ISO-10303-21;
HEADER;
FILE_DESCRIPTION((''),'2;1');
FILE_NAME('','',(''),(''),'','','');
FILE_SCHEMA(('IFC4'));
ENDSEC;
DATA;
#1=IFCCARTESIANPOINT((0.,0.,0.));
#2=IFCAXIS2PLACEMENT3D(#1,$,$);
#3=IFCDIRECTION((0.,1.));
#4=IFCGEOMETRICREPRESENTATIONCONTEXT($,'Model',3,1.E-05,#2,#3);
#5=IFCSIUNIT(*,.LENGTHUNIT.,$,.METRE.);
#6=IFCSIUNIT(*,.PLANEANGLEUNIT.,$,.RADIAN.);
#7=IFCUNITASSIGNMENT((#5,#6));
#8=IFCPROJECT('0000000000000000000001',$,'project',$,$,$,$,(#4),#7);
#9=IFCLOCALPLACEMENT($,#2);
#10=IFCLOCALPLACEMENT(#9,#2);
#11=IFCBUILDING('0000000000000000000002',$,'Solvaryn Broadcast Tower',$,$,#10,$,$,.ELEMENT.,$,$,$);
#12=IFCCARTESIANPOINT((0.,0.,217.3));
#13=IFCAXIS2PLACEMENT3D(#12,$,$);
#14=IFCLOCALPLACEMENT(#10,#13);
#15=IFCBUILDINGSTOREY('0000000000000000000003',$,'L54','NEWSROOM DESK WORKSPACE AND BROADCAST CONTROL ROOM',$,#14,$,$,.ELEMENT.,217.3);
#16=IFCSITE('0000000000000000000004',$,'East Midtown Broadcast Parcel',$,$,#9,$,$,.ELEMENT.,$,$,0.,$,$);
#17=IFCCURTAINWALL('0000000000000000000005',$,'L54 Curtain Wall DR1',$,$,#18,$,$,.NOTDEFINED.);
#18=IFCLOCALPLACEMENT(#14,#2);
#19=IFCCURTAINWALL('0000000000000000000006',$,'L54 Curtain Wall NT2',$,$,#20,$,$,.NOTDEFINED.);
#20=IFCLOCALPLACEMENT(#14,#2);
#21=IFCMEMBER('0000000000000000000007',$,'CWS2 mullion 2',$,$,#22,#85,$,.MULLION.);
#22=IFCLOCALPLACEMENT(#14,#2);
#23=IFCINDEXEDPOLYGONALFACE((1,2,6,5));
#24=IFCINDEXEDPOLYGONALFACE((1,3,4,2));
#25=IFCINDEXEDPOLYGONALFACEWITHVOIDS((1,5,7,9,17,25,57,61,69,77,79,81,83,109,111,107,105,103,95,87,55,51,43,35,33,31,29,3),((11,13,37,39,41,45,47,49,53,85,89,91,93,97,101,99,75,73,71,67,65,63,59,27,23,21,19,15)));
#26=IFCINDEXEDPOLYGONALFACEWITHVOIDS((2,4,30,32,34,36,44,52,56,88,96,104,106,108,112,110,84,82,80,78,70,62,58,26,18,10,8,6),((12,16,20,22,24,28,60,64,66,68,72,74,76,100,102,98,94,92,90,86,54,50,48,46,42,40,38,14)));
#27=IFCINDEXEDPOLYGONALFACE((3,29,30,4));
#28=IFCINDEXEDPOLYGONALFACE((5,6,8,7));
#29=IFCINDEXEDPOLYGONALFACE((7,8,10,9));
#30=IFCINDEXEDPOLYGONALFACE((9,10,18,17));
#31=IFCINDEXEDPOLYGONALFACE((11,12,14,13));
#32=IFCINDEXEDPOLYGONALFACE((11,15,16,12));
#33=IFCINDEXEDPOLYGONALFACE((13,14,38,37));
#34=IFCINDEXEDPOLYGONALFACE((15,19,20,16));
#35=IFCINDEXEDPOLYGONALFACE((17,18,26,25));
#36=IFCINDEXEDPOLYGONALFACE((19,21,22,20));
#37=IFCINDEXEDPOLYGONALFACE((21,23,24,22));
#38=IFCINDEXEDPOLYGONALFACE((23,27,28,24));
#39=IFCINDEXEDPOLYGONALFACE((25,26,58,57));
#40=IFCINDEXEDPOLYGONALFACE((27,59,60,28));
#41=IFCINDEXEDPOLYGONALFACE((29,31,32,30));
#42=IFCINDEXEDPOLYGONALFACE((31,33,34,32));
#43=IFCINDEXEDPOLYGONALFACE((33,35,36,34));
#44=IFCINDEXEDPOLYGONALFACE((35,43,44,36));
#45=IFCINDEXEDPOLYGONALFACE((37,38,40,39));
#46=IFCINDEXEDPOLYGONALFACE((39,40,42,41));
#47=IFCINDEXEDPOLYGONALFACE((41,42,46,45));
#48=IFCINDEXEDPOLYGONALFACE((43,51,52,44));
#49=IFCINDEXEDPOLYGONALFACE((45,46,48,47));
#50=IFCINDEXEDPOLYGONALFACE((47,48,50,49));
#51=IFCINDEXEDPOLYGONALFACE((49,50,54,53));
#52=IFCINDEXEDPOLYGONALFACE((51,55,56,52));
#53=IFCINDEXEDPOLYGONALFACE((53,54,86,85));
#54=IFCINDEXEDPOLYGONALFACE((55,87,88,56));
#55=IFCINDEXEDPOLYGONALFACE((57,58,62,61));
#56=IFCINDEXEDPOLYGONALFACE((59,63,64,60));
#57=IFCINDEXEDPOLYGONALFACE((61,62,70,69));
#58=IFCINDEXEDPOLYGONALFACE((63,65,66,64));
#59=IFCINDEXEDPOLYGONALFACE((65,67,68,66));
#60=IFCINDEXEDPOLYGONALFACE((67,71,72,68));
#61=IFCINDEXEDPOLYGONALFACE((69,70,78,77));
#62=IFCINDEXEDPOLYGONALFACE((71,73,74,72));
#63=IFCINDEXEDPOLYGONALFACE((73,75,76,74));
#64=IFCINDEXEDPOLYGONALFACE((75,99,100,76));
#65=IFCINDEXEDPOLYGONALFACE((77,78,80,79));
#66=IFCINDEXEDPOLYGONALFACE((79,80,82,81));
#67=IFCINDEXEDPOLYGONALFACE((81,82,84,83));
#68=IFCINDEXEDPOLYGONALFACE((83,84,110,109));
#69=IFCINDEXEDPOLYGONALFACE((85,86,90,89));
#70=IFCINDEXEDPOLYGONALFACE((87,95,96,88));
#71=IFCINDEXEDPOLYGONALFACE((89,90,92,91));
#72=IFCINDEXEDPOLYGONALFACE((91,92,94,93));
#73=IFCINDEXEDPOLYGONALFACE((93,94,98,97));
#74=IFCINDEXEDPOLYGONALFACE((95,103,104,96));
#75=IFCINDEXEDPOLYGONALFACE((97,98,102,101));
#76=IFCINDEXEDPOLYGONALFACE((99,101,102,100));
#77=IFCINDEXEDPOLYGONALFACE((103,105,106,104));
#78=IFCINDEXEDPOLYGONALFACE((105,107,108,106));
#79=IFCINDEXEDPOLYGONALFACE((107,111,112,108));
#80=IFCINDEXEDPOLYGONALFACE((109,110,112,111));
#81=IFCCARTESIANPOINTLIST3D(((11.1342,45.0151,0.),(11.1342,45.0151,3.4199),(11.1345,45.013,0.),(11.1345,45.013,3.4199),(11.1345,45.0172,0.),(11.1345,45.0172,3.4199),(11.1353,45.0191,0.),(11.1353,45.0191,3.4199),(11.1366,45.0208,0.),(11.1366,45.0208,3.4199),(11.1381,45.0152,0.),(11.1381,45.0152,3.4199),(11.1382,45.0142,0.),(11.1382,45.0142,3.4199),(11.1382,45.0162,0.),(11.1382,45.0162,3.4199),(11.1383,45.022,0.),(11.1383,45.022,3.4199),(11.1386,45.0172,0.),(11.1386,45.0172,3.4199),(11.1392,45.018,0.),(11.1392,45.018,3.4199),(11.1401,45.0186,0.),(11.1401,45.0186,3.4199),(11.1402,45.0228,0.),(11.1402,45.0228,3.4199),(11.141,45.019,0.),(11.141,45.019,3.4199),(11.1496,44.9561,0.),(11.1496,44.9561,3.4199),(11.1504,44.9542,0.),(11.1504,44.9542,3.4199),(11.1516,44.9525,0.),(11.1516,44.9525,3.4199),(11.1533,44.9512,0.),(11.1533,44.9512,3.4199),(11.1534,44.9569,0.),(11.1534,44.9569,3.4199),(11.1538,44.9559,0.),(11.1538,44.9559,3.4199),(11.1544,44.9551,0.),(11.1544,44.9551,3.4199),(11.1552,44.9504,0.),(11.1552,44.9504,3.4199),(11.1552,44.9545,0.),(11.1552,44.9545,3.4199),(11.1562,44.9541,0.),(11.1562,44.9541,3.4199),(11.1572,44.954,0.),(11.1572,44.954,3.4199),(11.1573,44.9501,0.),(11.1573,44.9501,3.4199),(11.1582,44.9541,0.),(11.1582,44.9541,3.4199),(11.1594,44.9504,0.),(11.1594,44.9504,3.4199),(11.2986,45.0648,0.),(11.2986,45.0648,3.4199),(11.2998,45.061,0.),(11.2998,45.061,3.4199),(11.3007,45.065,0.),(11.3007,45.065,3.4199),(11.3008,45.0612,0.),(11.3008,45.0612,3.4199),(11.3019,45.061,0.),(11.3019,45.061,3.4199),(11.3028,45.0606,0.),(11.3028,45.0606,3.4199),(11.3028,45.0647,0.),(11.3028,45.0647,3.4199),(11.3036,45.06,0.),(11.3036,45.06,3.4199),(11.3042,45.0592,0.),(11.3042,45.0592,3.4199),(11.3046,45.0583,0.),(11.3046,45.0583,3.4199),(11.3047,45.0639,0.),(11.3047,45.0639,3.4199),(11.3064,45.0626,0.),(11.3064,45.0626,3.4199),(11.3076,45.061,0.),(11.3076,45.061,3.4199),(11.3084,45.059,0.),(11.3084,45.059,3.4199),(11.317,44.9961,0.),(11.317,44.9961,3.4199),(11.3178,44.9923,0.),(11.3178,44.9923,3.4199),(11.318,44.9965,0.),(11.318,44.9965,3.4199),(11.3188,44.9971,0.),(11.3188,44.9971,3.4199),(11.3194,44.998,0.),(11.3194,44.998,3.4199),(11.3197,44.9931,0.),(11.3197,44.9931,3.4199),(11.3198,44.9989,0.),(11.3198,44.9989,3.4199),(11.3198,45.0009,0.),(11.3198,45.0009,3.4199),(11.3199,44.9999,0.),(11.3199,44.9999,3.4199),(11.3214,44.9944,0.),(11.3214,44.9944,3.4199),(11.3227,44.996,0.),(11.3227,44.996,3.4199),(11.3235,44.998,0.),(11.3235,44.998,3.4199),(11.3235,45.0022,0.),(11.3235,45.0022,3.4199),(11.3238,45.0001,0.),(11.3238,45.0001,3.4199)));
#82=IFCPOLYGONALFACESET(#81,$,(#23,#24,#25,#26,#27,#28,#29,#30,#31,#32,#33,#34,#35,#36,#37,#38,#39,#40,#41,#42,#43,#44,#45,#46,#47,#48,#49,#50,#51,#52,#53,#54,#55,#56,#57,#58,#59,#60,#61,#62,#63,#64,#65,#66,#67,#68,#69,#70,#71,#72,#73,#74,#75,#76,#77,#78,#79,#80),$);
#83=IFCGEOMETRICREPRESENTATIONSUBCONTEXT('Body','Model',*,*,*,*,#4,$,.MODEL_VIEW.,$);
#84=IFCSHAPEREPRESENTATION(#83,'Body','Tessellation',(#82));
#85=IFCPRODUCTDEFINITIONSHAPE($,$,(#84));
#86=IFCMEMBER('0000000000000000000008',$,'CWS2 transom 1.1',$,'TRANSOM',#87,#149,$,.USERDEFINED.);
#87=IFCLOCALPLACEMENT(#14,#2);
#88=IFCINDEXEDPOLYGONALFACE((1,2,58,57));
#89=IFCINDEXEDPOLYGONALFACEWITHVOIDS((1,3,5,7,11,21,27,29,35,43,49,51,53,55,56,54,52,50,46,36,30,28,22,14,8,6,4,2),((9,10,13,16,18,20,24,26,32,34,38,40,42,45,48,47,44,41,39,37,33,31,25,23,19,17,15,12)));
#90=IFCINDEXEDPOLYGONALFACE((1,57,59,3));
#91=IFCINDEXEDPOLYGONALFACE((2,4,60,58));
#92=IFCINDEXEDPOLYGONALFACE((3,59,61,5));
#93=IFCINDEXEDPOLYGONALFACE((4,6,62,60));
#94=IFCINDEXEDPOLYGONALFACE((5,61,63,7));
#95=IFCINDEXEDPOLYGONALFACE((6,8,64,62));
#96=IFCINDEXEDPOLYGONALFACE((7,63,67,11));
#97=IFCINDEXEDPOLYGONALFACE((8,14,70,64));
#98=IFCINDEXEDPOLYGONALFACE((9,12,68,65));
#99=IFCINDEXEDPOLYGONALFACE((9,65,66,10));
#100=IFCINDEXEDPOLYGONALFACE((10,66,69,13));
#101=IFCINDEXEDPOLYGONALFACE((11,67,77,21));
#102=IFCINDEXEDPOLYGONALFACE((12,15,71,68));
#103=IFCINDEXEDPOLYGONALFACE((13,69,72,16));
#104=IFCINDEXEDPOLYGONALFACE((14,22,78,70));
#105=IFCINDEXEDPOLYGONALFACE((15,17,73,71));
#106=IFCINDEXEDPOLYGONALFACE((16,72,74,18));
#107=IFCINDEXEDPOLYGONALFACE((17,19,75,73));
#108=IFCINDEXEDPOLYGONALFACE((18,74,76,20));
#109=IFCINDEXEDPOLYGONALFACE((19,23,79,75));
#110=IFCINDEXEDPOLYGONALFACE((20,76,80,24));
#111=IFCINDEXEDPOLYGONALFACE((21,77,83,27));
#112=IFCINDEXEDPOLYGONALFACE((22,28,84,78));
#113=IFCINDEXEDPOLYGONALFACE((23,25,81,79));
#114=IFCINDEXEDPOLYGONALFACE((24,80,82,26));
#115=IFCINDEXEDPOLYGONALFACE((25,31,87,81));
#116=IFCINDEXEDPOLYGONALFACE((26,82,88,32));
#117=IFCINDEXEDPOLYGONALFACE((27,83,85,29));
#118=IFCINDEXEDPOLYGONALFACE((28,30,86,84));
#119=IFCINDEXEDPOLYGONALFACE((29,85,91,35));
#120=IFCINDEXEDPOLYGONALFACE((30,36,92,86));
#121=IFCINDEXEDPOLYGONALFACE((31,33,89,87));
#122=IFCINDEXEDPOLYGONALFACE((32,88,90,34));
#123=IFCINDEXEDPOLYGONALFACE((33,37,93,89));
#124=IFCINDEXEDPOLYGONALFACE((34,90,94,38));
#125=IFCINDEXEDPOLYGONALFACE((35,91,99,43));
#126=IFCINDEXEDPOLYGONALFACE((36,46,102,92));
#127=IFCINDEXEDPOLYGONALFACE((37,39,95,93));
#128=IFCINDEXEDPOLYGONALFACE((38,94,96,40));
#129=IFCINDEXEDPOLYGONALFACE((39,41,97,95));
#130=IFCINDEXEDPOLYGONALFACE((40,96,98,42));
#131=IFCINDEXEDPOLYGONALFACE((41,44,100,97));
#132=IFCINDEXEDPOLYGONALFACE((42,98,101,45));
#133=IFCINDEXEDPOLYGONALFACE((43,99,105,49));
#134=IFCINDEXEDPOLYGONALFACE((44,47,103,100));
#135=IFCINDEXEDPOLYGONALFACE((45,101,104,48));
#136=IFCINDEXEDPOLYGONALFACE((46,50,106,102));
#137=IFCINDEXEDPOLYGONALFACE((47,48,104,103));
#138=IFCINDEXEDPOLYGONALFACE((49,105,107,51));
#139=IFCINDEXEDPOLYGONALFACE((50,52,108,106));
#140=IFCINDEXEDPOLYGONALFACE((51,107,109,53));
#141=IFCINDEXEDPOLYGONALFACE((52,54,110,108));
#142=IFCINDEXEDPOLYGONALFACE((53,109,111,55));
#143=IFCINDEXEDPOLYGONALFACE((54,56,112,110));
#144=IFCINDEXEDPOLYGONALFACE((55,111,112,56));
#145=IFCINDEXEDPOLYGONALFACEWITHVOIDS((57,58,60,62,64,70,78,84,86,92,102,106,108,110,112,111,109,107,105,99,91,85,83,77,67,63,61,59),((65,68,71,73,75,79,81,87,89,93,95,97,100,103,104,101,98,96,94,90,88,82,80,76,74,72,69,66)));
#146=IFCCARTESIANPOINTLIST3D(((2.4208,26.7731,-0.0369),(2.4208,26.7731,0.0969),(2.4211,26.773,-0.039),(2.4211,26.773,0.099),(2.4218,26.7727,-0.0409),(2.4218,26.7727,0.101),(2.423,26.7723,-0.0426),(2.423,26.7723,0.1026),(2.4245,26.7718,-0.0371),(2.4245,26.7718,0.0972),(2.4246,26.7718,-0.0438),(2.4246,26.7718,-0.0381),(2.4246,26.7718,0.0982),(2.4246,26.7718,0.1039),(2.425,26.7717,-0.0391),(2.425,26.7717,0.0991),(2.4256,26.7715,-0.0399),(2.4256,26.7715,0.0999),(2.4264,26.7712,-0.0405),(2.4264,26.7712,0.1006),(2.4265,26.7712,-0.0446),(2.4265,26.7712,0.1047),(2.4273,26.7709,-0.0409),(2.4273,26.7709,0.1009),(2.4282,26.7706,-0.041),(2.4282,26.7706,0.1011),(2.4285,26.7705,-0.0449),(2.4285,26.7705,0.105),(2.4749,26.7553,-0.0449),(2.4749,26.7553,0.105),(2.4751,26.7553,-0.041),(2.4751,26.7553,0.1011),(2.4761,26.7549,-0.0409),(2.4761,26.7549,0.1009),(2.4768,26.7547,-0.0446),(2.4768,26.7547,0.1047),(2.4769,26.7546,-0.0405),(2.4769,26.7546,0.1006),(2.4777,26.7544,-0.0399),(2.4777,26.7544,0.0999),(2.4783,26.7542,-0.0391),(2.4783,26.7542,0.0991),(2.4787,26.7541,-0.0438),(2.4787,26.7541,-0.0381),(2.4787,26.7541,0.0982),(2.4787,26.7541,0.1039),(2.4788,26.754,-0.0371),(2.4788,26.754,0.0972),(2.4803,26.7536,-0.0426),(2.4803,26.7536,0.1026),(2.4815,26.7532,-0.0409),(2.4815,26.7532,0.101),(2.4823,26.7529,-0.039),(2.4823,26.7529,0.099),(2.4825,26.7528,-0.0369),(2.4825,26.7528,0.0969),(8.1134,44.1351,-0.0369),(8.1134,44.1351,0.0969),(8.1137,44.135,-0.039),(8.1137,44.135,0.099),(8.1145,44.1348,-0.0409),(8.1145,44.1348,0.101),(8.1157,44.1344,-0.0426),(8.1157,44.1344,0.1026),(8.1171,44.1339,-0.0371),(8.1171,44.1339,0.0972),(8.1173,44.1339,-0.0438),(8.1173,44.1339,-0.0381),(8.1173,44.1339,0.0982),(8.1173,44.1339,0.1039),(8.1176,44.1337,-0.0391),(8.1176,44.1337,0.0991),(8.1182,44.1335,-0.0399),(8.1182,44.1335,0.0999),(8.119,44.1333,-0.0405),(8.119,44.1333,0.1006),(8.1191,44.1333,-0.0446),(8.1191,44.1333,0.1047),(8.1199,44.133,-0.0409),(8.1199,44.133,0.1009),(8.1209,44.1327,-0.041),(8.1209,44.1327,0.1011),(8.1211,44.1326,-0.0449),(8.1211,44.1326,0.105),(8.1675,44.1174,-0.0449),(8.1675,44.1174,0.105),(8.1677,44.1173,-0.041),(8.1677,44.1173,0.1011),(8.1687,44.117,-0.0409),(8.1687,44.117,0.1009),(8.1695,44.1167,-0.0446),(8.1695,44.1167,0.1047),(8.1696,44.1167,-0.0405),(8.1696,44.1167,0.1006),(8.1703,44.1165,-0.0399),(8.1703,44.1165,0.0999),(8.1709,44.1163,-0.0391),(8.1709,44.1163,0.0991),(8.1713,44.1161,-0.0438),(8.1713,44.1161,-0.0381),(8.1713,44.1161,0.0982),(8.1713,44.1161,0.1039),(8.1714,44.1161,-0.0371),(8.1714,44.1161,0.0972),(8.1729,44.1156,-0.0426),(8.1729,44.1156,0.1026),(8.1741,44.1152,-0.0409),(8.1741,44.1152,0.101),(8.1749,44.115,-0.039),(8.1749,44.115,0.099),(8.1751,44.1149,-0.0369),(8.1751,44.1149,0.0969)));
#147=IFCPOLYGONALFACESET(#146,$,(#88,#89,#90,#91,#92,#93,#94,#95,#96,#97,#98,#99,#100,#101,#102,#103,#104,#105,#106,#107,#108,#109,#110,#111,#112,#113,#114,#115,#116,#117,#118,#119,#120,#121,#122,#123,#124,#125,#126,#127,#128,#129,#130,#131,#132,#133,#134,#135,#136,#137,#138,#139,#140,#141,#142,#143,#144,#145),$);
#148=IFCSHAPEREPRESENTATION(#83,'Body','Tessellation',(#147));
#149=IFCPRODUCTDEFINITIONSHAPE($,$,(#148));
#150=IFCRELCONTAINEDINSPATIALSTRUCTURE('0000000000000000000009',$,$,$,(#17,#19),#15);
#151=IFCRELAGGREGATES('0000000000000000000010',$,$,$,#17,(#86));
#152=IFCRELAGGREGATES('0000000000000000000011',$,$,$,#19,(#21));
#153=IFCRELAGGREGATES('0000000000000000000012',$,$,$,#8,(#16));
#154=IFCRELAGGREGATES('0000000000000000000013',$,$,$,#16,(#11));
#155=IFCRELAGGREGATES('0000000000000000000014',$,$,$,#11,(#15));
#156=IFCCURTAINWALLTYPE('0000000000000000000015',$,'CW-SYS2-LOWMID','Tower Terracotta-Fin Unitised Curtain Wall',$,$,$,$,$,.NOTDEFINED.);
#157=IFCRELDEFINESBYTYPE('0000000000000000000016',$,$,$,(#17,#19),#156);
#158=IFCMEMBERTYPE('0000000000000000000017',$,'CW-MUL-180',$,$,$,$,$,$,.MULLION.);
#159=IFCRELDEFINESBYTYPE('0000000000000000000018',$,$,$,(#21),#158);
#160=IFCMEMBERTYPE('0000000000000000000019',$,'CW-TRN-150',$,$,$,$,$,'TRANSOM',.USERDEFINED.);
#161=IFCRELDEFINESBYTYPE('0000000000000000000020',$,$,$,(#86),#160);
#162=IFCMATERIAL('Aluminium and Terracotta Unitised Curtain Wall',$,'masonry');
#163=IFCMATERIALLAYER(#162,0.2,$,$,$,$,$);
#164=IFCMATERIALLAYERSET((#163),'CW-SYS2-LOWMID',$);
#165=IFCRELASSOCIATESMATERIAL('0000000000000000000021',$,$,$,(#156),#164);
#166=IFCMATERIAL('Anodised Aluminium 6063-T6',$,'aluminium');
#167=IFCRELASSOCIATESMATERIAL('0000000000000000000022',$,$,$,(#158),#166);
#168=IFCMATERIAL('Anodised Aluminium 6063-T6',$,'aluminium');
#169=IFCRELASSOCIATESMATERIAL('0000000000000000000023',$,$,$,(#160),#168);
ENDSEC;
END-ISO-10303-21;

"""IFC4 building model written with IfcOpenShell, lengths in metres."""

from ifc_helpers import new_model, si_unit, direction, frame, origin, origin_2d, place, context, subcontext, project, spatial, hollow_rectangle, extrude, material, layer, layer_set, material_profile, profile_set, type_object, element, aggregate, save


model = new_model("IFC4")

# Units and contexts
model_context = context("Model", 3, precision=1e-05, world=origin(), true_north=direction((0.0, 1.0)))
body_context = subcontext(model_context, "Body", "Model", "MODEL_VIEW")
ifc_project = project(units=[si_unit("LENGTHUNIT", "METRE"), si_unit("PLANEANGLEUNIT", "RADIAN")], contexts=[model_context])

# Site, building, storey
site_placement = place(None, origin())
site = spatial("IfcSite", under=ifc_project, at=site_placement, Name="East Midtown Broadcast Parcel", CompositionType="ELEMENT", RefElevation=0.0)
building_placement = place(site_placement, origin())
building = spatial("IfcBuilding", under=site, at=building_placement, Name="Solvaryn Broadcast Tower", CompositionType="ELEMENT")
storey_placement = place(building_placement, frame((0.0, 0.0, 217.3)))
storey = spatial("IfcBuildingStorey", under=building, at=storey_placement, Name="L54", Description="NEWSROOM DESK WORKSPACE AND BROADCAST CONTROL ROOM", CompositionType="ELEMENT", Elevation=217.3)

# Curtain walls, member
ifc_material_1 = material(Name="Aluminium and Terracotta Unitised Curtain Wall", Category="masonry")
ifc_layer_1 = layer(ifc_material_1, 0.2)
ifc_layer_set_1 = layer_set([ifc_layer_1], Name="CW-SYS2-LOWMID")
curtain_wall_type = type_object("IfcCurtainWallType", Name="CW-SYS2-LOWMID", Description="Tower Terracotta-Fin Unitised Curtain Wall", PredefinedType="NOTDEFINED", material=ifc_layer_set_1)
curtain_wall_1_placement = place(storey_placement, origin())
curtain_wall_1 = element("IfcCurtainWall", 1, at=curtain_wall_1_placement, inside=storey, type_object=curtain_wall_type, Name="L54 Curtain Wall DR1", PredefinedType="NOTDEFINED")
ifc_material_2 = material(Name="Anodised Aluminium 6063-T6", Category="aluminium")
ifc_material_profile_1 = material_profile(ifc_material_2, hollow_rectangle(XDim=0.075, YDim=0.1799, WallThickness=0.0039, InnerFilletRadius=0.0039, OuterFilletRadius=0.0081, at=origin_2d()))
ifc_profile_set_1 = profile_set([ifc_material_profile_1], Name="Anodised Aluminium 6063-T6")
member_type_1 = type_object("IfcMemberType", Name="CW-MUL-180", PredefinedType="MULLION", material=ifc_profile_set_1)
curtain_wall_2_placement = place(storey_placement, origin())
curtain_wall_2 = element("IfcCurtainWall", 2, at=curtain_wall_2_placement, inside=storey, type_object=curtain_wall_type, Name="L54 Curtain Wall NT2", PredefinedType="NOTDEFINED")
member_1_placement = place(storey_placement, frame((11.229, 45.0076, 0.0), z_axis=(0.0, 0.0, 1.0), x_axis=(0.255893, -0.966705, 0.0)))
member_1 = element("IfcMember", 3, at=member_1_placement, type_object=member_type_1, Name="CWS2 mullion 2", PredefinedType="MULLION", context=body_context, shape_type="SweptSolid", body=[
    extrude(hollow_rectangle(XDim=0.075, YDim=0.1799, WallThickness=0.0039, InnerFilletRadius=0.0039, OuterFilletRadius=0.0081, at=origin_2d()), origin(), (0.0, 0.0, 1.0), 3.4199),
])

# Member
ifc_material_3 = material(Name="Anodised Aluminium 6063-T6", Category="aluminium")
ifc_material_profile_2 = material_profile(ifc_material_3, hollow_rectangle(XDim=0.0649, YDim=0.1499, WallThickness=0.0039, InnerFilletRadius=0.0039, OuterFilletRadius=0.0081, at=origin_2d()))
ifc_profile_set_2 = profile_set([ifc_material_profile_2], Name="Anodised Aluminium 6063-T6")
member_type_2 = type_object("IfcMemberType", Name="CW-TRN-150", ElementType="TRANSOM", PredefinedType="USERDEFINED", material=ifc_profile_set_2)
member_2_placement = place(storey_placement, frame((8.1443, 44.125, 0.03), z_axis=(-0.311558, -0.950227, 0.0), x_axis=(0.950227, -0.311558, 0.0)))
member_2 = element("IfcMember", 4, at=member_2_placement, type_object=member_type_2, Name="CWS2 transom 1.1", ObjectType="TRANSOM", PredefinedType="USERDEFINED", context=body_context, shape_type="SweptSolid", body=[
    extrude(hollow_rectangle(XDim=0.0649, YDim=0.1499, WallThickness=0.0039, InnerFilletRadius=0.0039, OuterFilletRadius=0.0081, at=origin_2d()), origin(), (0.0, 0.0, 1.0), 18.2715),
])
aggregate(curtain_wall_1, [member_2])

aggregate(curtain_wall_2, [member_1])

save(model, "model.ifc")
